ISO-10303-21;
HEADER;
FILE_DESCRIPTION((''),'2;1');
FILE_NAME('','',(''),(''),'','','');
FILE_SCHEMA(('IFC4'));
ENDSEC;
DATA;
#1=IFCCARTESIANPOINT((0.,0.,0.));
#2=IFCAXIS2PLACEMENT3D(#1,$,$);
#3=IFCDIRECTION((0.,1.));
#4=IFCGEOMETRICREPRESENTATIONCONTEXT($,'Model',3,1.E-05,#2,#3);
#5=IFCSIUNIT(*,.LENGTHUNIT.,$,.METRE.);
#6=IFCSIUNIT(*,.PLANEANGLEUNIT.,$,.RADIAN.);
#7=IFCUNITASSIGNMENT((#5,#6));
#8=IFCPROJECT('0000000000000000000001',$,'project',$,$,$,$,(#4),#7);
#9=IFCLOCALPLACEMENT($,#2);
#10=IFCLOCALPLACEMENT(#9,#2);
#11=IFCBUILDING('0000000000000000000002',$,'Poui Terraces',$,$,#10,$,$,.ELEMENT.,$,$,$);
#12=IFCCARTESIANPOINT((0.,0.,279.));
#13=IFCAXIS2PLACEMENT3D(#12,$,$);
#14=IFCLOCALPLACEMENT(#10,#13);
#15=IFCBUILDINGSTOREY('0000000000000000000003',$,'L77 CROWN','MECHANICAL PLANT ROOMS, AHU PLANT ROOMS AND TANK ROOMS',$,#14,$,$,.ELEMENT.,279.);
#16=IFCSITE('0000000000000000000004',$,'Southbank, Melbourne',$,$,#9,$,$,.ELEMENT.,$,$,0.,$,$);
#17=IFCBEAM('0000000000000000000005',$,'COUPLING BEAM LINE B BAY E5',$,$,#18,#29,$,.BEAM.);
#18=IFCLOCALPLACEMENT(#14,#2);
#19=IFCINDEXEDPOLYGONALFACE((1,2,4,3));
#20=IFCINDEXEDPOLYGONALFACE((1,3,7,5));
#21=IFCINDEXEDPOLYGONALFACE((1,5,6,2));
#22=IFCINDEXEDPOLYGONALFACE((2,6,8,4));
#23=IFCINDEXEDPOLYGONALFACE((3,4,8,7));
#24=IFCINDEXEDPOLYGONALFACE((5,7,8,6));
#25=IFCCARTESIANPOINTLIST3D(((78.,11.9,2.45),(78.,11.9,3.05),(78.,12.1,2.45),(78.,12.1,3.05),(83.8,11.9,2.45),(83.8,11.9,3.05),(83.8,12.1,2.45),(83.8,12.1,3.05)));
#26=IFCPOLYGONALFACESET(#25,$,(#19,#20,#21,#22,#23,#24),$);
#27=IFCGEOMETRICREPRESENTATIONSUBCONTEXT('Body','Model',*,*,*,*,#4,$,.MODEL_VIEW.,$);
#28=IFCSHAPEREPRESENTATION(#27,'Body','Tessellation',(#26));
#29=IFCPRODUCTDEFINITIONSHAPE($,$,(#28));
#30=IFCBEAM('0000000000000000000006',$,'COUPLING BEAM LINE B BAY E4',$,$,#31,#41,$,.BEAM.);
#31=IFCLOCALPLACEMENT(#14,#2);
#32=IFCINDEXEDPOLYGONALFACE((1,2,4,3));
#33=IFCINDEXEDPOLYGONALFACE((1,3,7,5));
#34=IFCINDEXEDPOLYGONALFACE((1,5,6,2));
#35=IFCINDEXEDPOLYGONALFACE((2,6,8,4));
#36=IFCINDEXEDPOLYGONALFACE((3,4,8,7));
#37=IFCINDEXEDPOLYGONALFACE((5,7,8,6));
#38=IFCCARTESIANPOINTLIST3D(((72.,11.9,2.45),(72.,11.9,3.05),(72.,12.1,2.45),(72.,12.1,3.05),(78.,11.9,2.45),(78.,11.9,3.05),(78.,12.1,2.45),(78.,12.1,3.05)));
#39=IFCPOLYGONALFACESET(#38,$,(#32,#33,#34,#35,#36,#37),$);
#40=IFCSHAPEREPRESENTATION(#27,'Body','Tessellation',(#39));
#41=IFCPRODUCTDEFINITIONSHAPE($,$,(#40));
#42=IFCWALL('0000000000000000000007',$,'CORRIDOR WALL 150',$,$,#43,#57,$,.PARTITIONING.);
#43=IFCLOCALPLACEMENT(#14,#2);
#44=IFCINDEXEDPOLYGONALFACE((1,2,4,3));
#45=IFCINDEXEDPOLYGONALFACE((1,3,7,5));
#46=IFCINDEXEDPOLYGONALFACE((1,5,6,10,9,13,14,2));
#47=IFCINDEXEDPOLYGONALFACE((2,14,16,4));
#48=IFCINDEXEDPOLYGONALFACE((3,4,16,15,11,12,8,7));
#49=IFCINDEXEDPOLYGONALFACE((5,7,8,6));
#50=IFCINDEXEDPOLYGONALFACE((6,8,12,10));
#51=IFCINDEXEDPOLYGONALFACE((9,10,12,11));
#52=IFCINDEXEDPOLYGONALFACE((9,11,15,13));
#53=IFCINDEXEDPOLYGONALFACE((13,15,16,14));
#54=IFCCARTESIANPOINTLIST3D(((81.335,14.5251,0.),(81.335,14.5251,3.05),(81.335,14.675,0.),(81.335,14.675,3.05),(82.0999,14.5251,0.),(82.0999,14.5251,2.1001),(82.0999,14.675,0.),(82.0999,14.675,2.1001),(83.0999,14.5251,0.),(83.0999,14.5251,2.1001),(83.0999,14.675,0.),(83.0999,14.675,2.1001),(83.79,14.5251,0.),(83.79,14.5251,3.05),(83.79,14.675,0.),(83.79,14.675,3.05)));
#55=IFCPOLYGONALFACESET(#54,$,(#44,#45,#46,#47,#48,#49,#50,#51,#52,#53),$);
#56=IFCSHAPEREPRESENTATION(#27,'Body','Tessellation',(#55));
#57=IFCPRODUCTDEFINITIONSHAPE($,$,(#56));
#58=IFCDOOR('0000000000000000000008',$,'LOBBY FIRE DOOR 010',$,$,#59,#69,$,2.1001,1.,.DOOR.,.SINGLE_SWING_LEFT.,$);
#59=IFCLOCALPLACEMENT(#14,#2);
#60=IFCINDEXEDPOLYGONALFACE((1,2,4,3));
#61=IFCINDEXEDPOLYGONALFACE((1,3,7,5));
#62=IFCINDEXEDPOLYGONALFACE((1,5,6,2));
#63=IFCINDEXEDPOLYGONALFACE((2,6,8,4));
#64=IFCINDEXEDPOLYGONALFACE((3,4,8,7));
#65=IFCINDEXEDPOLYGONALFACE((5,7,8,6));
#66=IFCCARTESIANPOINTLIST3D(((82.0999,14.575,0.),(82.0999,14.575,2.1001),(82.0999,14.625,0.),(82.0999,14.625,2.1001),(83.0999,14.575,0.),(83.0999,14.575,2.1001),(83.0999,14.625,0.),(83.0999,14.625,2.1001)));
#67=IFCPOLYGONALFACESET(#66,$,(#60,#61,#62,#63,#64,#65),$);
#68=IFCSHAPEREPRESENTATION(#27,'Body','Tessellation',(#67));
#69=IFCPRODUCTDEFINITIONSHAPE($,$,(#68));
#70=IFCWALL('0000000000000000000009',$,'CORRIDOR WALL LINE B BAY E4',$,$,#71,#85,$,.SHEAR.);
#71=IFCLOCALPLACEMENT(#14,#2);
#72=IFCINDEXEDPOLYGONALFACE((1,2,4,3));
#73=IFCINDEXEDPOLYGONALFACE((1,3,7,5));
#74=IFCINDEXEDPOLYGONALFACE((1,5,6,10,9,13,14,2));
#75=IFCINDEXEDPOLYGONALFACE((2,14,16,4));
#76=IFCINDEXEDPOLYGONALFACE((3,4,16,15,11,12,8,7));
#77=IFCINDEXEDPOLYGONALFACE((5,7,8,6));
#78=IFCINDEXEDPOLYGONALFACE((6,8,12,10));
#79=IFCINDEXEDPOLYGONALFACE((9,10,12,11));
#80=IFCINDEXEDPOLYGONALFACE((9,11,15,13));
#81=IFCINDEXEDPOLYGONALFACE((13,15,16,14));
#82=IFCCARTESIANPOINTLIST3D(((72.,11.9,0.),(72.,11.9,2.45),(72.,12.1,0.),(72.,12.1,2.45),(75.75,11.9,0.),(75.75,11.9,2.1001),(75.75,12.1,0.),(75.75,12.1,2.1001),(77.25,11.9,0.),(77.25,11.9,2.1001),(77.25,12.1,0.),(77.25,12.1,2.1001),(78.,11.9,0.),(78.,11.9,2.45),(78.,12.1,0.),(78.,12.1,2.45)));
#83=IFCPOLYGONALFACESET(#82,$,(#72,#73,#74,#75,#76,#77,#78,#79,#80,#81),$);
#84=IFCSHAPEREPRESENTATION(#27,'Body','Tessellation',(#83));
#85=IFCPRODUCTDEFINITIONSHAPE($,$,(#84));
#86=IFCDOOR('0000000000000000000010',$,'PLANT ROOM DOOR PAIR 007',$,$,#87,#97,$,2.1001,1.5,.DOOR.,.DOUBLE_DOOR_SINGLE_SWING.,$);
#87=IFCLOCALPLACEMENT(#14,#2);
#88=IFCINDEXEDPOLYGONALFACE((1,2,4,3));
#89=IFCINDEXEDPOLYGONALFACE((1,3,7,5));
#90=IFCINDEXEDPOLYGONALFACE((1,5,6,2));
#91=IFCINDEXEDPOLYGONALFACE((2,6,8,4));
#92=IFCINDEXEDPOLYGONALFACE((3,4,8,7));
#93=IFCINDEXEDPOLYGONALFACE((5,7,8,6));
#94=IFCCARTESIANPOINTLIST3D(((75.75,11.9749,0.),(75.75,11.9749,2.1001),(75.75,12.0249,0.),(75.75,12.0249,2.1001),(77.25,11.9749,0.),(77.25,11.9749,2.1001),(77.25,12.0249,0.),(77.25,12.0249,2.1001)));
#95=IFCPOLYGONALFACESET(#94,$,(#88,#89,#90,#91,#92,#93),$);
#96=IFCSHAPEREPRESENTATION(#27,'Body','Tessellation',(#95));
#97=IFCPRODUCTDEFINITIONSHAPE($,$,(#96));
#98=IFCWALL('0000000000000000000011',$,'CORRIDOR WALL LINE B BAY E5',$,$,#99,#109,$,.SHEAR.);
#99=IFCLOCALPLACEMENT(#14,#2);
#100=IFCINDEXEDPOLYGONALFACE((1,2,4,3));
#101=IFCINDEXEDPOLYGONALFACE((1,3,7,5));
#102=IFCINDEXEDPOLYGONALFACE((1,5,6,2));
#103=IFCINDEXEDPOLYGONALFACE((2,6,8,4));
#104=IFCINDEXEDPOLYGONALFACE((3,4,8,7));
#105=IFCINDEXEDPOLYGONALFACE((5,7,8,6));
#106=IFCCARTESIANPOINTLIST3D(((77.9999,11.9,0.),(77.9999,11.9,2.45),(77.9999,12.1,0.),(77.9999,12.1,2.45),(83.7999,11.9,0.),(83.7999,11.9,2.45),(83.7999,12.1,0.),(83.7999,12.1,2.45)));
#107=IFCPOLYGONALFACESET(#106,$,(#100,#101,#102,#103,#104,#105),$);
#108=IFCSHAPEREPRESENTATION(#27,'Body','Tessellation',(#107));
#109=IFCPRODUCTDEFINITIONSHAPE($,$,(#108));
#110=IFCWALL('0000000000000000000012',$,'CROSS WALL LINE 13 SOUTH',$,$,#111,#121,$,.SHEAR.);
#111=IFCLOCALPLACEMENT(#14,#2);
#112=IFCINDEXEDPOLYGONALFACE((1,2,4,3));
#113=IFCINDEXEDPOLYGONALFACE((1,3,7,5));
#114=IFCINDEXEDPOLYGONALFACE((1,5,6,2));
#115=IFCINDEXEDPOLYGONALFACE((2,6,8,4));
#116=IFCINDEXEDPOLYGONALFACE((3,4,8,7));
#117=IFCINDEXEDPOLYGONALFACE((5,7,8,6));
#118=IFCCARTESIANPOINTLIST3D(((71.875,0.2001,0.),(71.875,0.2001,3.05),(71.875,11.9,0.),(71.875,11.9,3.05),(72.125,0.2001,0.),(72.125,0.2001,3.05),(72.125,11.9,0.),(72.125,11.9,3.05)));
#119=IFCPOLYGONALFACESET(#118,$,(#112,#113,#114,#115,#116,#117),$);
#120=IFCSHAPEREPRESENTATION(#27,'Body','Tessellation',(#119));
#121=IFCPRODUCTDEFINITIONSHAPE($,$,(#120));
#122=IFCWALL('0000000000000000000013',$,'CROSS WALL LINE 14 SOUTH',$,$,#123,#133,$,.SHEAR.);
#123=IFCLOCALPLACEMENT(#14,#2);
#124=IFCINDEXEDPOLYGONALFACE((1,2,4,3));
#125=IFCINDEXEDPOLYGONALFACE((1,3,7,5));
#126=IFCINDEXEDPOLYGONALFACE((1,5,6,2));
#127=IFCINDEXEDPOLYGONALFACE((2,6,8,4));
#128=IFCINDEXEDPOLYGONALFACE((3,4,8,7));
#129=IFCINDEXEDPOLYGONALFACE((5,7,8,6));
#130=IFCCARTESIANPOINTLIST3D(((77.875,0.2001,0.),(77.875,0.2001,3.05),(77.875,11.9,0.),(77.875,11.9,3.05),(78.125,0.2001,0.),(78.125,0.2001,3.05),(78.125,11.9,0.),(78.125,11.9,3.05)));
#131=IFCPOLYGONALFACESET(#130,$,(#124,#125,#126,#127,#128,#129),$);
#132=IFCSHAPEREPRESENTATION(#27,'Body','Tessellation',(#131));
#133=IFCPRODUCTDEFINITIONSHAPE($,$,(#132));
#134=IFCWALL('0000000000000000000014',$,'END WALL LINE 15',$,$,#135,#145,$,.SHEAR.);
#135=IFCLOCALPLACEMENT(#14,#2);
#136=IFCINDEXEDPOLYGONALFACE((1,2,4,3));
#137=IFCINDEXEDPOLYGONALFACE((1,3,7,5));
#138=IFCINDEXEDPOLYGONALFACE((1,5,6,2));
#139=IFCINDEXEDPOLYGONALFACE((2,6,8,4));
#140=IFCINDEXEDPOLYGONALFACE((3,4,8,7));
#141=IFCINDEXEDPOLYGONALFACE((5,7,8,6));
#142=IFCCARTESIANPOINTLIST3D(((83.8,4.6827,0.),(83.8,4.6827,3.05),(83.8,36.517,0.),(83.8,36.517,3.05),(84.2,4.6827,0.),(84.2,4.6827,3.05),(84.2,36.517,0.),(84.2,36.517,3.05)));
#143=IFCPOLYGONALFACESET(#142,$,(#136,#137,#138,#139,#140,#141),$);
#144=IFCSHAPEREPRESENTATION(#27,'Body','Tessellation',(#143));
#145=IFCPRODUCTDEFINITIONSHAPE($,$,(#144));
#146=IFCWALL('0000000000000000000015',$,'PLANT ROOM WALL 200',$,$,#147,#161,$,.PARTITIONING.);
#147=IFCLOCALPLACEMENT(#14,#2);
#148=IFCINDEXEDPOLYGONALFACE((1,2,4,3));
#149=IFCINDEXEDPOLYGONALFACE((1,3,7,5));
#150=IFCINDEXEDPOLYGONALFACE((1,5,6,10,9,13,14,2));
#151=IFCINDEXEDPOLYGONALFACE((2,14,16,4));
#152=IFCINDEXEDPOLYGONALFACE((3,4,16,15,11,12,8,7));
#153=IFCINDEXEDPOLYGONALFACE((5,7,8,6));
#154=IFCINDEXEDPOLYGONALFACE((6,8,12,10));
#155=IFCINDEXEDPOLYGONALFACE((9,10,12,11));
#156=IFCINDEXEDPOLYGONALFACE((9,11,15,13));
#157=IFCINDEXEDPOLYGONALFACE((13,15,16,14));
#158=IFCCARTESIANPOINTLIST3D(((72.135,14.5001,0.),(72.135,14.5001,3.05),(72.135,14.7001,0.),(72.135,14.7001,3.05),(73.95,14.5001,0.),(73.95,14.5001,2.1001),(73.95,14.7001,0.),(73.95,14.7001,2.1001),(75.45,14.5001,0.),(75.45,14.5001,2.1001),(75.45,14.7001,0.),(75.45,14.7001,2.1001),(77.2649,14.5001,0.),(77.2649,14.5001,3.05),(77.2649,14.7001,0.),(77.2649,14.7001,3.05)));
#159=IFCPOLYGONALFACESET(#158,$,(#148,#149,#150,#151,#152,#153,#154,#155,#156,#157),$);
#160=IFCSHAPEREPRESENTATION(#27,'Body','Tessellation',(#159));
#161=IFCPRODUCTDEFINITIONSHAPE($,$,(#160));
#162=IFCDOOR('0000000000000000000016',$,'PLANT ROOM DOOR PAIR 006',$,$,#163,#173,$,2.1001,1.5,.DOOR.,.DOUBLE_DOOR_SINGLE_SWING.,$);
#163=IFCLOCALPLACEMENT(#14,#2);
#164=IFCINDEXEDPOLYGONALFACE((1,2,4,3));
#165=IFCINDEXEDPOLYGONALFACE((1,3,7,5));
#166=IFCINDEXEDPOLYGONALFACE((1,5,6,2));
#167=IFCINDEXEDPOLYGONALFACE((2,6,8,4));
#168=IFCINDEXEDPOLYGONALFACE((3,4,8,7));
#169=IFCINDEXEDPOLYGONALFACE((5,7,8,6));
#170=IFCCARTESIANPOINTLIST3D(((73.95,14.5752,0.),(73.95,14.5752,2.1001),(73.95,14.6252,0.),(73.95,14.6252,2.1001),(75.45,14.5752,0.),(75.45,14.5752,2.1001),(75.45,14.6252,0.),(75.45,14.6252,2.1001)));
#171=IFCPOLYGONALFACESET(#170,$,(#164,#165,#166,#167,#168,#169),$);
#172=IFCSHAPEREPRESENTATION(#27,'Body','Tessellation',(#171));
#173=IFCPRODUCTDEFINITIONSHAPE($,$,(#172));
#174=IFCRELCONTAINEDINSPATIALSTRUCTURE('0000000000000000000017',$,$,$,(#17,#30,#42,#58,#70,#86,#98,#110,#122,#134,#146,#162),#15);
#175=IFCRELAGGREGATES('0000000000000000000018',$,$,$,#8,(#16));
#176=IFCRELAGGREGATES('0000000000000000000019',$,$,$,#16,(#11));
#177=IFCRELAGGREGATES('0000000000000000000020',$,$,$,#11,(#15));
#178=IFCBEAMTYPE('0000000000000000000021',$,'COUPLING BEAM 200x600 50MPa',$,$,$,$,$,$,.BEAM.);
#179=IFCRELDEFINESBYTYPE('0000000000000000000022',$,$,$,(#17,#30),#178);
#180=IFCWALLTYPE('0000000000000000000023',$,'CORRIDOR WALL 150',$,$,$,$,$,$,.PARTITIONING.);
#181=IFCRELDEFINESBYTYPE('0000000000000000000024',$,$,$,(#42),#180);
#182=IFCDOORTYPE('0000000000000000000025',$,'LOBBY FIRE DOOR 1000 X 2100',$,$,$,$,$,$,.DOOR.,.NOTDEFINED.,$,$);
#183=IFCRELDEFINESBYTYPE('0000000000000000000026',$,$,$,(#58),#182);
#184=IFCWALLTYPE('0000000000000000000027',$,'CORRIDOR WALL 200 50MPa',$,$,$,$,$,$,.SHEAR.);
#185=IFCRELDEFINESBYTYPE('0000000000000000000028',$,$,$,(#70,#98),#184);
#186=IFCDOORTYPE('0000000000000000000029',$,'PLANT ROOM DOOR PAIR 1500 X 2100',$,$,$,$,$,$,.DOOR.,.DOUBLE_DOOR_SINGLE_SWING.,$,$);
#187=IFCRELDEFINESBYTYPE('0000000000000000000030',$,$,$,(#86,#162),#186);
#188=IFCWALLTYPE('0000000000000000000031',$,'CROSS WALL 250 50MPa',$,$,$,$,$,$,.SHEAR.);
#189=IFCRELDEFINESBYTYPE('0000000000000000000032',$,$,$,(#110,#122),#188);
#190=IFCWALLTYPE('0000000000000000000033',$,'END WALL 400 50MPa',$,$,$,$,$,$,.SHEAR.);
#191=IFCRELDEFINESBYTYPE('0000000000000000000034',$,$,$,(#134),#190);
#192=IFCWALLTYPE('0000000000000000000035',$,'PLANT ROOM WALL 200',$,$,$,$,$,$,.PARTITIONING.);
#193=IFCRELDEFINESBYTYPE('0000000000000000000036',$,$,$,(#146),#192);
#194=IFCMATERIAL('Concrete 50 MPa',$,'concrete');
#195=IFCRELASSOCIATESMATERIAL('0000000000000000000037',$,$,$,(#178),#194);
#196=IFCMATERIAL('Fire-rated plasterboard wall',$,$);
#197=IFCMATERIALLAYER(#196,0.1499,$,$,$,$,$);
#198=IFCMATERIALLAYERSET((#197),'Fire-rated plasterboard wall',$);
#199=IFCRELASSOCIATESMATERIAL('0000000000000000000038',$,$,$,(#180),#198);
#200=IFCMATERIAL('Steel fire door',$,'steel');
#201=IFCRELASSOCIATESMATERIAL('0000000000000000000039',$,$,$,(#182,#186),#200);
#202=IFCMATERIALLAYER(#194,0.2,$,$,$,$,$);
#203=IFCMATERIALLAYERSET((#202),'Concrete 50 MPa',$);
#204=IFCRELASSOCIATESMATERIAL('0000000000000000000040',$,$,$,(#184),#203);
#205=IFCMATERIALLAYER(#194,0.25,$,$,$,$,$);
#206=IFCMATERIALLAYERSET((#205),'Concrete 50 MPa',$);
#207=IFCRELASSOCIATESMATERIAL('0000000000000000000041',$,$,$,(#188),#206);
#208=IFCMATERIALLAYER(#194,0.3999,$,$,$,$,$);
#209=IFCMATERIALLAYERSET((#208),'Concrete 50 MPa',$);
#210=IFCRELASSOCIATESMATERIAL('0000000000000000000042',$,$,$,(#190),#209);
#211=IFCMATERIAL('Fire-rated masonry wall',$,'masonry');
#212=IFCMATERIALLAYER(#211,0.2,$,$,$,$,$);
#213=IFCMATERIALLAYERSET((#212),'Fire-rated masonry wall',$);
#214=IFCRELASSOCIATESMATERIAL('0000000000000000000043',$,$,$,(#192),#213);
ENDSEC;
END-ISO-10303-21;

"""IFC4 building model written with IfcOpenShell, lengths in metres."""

from ifc_helpers import new_model, si_unit, direction, frame, frame_2d, origin, origin_2d, place, context, subcontext, project, spatial, rectangle, extrude, source, transform, mapped, material, layer, layer_set, material_profile, profile_set, type_object, element, fill, save


model = new_model("IFC4")

# Units and contexts
model_context = context("Model", 3, precision=1e-05, world=origin(), true_north=direction((0.0, 1.0)))
body_context = subcontext(model_context, "Body", "Model", "MODEL_VIEW")
ifc_project = project(units=[si_unit("LENGTHUNIT", "METRE"), si_unit("PLANEANGLEUNIT", "RADIAN")], contexts=[model_context])

# Site, building, storey
site_placement = place(None, origin())
site = spatial("IfcSite", under=ifc_project, at=site_placement, Name="Southbank, Melbourne", CompositionType="ELEMENT", RefElevation=0.0)
building_placement = place(site_placement, origin())
building = spatial("IfcBuilding", under=site, at=building_placement, Name="Poui Terraces", CompositionType="ELEMENT")
storey_placement = place(building_placement, frame((0.0, 0.0, 279.0)))
storey = spatial("IfcBuildingStorey", under=building, at=storey_placement, Name="L77 CROWN", Description="MECHANICAL PLANT ROOMS, AHU PLANT ROOMS AND TANK ROOMS", CompositionType="ELEMENT", Elevation=279.0)

# Beams
ifc_material_1 = material(Name="Concrete 50 MPa", Category="concrete")
ifc_material_profile_1 = material_profile(ifc_material_1, rectangle(XDim=0.2, YDim=0.6001, at=origin_2d()), Name="RC 200x600")
ifc_profile_set_1 = profile_set([ifc_material_profile_1], Name="Concrete 50 MPa")
beam_type = type_object("IfcBeamType", Name="COUPLING BEAM 200x600 50MPa", PredefinedType="BEAM", material=ifc_profile_set_1)
shared_shape_1 = source(origin(), body_context, "Body", "SweptSolid", [
    extrude(rectangle(XDim=0.2, YDim=0.6001, at=origin_2d()), origin(), (0.0, 0.0, 1.0), 5.8),
])
beam_1_placement = place(storey_placement, frame((78.0, 12.0, 2.75), z_axis=(1.0, 0.0, 0.0), x_axis=(0.0, 1.0, 0.0)))
element("IfcBeam", 1, at=beam_1_placement, inside=storey, type_object=beam_type, Name="COUPLING BEAM LINE B BAY E5", PredefinedType="BEAM", context=body_context, shape_type="MappedRepresentation", body=[
    mapped(shared_shape_1, transform((0.0, 0.0, 0.0))),
])
shared_shape_2 = source(origin(), body_context, "Body", "SweptSolid", [
    extrude(rectangle(XDim=0.2, YDim=0.6001, at=origin_2d()), origin(), (0.0, 0.0, 1.0), 6.0),
])
beam_2_placement = place(storey_placement, frame((72.0, 12.0, 2.75), z_axis=(1.0, 0.0, 0.0), x_axis=(0.0, 1.0, 0.0)))
element("IfcBeam", 2, at=beam_2_placement, inside=storey, type_object=beam_type, Name="COUPLING BEAM LINE B BAY E4", PredefinedType="BEAM", context=body_context, shape_type="MappedRepresentation", body=[
    mapped(shared_shape_2, transform((0.0, 0.0, 0.0))),
])

# Walls, openings, doors
ifc_material_2 = material(Name="Fire-rated plasterboard wall")
ifc_layer_1 = layer(ifc_material_2, 0.1499)
ifc_layer_set_1 = layer_set([ifc_layer_1], Name="Fire-rated plasterboard wall")
wall_type_1 = type_object("IfcWallType", Name="CORRIDOR WALL 150", PredefinedType="PARTITIONING", material=ifc_layer_set_1)
wall_1_placement = place(storey_placement, frame((81.335, 14.6001, 0.0), z_axis=(0.0, 0.0, 1.0), x_axis=(1.0, 0.0, 0.0)))
wall_1 = element("IfcWall", 3, at=wall_1_placement, inside=storey, type_object=wall_type_1, Name="CORRIDOR WALL 150", PredefinedType="PARTITIONING", context=body_context, shape_type="SweptSolid", body=[
    extrude(rectangle(XDim=2.4551, YDim=0.1499, at=frame_2d((1.2275, 0.0))), origin(), (0.0, 0.0, 1.0), 3.05),
])
opening_1_placement = place(wall_1_placement, frame((0.7649, 0.0, 0.0)))
opening_1 = element("IfcOpeningElement", 4, at=opening_1_placement, cuts=wall_1, PredefinedType="OPENING", context=body_context, shape_type="SweptSolid", body=[
    extrude(rectangle(XDim=1.0, YDim=2.1001, at=frame_2d((0.5, 1.05))), frame((0.0, 0.085, 0.0), z_axis=(0.0, -1.0, 0.0), x_axis=(1.0, 0.0, 0.0)), (0.0, 0.0, 1.0), 0.1699),
])
ifc_material_3 = material(Name="Steel fire door", Category="steel")
door_type_1 = type_object("IfcDoorType", Name="LOBBY FIRE DOOR 1000 X 2100", OperationType="NOTDEFINED", PredefinedType="DOOR", material=ifc_material_3)
door_1_placement = place(opening_1_placement, origin())
door_1 = element("IfcDoor", 5, at=door_1_placement, inside=storey, type_object=door_type_1, Name="LOBBY FIRE DOOR 010", OperationType="SINGLE_SWING_LEFT", OverallHeight=2.1001, OverallWidth=1.0, PredefinedType="DOOR", context=body_context, shape_type="SweptSolid", body=[
    extrude(rectangle(XDim=1.0, YDim=2.1001, at=frame_2d((0.5, 1.05))), frame((0.0, 0.0249, 0.0), z_axis=(0.0, -1.0, 0.0), x_axis=(1.0, 0.0, 0.0)), (0.0, 0.0, 1.0), 0.05),
])
fill(opening_1, door_1)
ifc_layer_2 = layer(ifc_material_1, 0.2)
ifc_layer_set_2 = layer_set([ifc_layer_2], Name="Concrete 50 MPa")
wall_type_2 = type_object("IfcWallType", Name="CORRIDOR WALL 200 50MPa", PredefinedType="SHEAR", material=ifc_layer_set_2)
wall_2_placement = place(storey_placement, frame((72.0, 12.0, 0.0), z_axis=(0.0, 0.0, 1.0), x_axis=(1.0, 0.0, 0.0)))
wall_2 = element("IfcWall", 6, at=wall_2_placement, inside=storey, type_object=wall_type_2, Name="CORRIDOR WALL LINE B BAY E4", PredefinedType="SHEAR", context=body_context, shape_type="SweptSolid", body=[
    extrude(rectangle(XDim=6.0, YDim=0.2, at=frame_2d((3.0, 0.0))), origin(), (0.0, 0.0, 1.0), 2.45),
])
opening_2_placement = place(wall_2_placement, frame((3.75, 0.0, 0.0)))
opening_2 = element("IfcOpeningElement", 7, at=opening_2_placement, cuts=wall_2, PredefinedType="OPENING", context=body_context, shape_type="SweptSolid", body=[
    extrude(rectangle(XDim=1.5, YDim=2.1001, at=frame_2d((0.75, 1.05))), frame((0.0, 0.1099, 0.0), z_axis=(0.0, -1.0, 0.0), x_axis=(1.0, 0.0, 0.0)), (0.0, 0.0, 1.0), 0.22),
])
door_type_2 = type_object("IfcDoorType", Name="PLANT ROOM DOOR PAIR 1500 X 2100", OperationType="DOUBLE_DOOR_SINGLE_SWING", PredefinedType="DOOR", material=ifc_material_3)
door_2_placement = place(opening_2_placement, origin())
door_2 = element("IfcDoor", 8, at=door_2_placement, inside=storey, type_object=door_type_2, Name="PLANT ROOM DOOR PAIR 007", OperationType="DOUBLE_DOOR_SINGLE_SWING", OverallHeight=2.1001, OverallWidth=1.5, PredefinedType="DOOR", context=body_context, shape_type="SweptSolid", body=[
    extrude(rectangle(XDim=1.5, YDim=2.1001, at=frame_2d((0.75, 1.05))), frame((0.0, 0.0249, 0.0), z_axis=(0.0, -1.0, 0.0), x_axis=(1.0, 0.0, 0.0)), (0.0, 0.0, 1.0), 0.05),
])
fill(opening_2, door_2)

# Walls
wall_3_placement = place(storey_placement, frame((78.0, 12.0, 0.0), z_axis=(0.0, 0.0, 1.0), x_axis=(1.0, 0.0, 0.0)))
element("IfcWall", 9, at=wall_3_placement, inside=storey, type_object=wall_type_2, Name="CORRIDOR WALL LINE B BAY E5", PredefinedType="SHEAR", context=body_context, shape_type="SweptSolid", body=[
    extrude(rectangle(XDim=5.8, YDim=0.2, at=frame_2d((2.8999, 0.0))), origin(), (0.0, 0.0, 1.0), 2.45),
])
ifc_layer_3 = layer(ifc_material_1, 0.25)
ifc_layer_set_3 = layer_set([ifc_layer_3], Name="Concrete 50 MPa")
wall_type_3 = type_object("IfcWallType", Name="CROSS WALL 250 50MPa", PredefinedType="SHEAR", material=ifc_layer_set_3)
for number, where, z_axis, x_axis, name in (
    (10, (72.0, 0.2, 0.0), (0.0, 0.0, 1.0), (0.0, 1.0, 0.0), "CROSS WALL LINE 13 SOUTH"),
    (11, (78.0, 0.2, 0.0), (0.0, 0.0, 1.0), (0.0, 1.0, 0.0), "CROSS WALL LINE 14 SOUTH"),
):
    element("IfcWall", number, at=place(storey_placement, frame(where, z_axis=z_axis, x_axis=x_axis)), inside=storey, type_object=wall_type_3, Name=name, PredefinedType="SHEAR", context=body_context, shape_type="SweptSolid", body=[
        extrude(rectangle(XDim=11.7, YDim=0.25, at=frame_2d((5.8501, 0.0))), origin(), (0.0, 0.0, 1.0), 3.05),
    ])
ifc_layer_4 = layer(ifc_material_1, 0.3999)
ifc_layer_set_4 = layer_set([ifc_layer_4], Name="Concrete 50 MPa")
wall_type_4 = type_object("IfcWallType", Name="END WALL 400 50MPa", PredefinedType="SHEAR", material=ifc_layer_set_4)
wall_4_placement = place(storey_placement, frame((84.0, 4.6829, 0.0), z_axis=(0.0, 0.0, 1.0), x_axis=(0.0, 1.0, 0.0)))
element("IfcWall", 12, at=wall_4_placement, inside=storey, type_object=wall_type_4, Name="END WALL LINE 15", PredefinedType="SHEAR", context=body_context, shape_type="SweptSolid", body=[
    extrude(rectangle(XDim=31.8342, YDim=0.3999, at=frame_2d((15.917, 0.0))), origin(), (0.0, 0.0, 1.0), 3.05),
])

# Wall, opening, door
ifc_material_4 = material(Name="Fire-rated masonry wall", Category="masonry")
ifc_layer_5 = layer(ifc_material_4, 0.2)
ifc_layer_set_5 = layer_set([ifc_layer_5], Name="Fire-rated masonry wall")
wall_type_5 = type_object("IfcWallType", Name="PLANT ROOM WALL 200", PredefinedType="PARTITIONING", material=ifc_layer_set_5)
wall_5_placement = place(storey_placement, frame((72.135, 14.6001, 0.0), z_axis=(0.0, 0.0, 1.0), x_axis=(1.0, 0.0, 0.0)))
wall_5 = element("IfcWall", 13, at=wall_5_placement, inside=storey, type_object=wall_type_5, Name="PLANT ROOM WALL 200", PredefinedType="PARTITIONING", context=body_context, shape_type="SweptSolid", body=[
    extrude(rectangle(XDim=5.1299, YDim=0.2, at=frame_2d((2.5649, 0.0))), origin(), (0.0, 0.0, 1.0), 3.05),
])
opening_3_placement = place(wall_5_placement, frame((1.8149, 0.0, 0.0)))
opening_3 = element("IfcOpeningElement", 14, at=opening_3_placement, cuts=wall_5, PredefinedType="OPENING", context=body_context, shape_type="SweptSolid", body=[
    extrude(rectangle(XDim=1.5, YDim=2.1001, at=frame_2d((0.75, 1.05))), frame((0.0, 0.1099, 0.0), z_axis=(0.0, -1.0, 0.0), x_axis=(1.0, 0.0, 0.0)), (0.0, 0.0, 1.0), 0.22),
])
door_3_placement = place(opening_3_placement, frame((1.5, 0.0, 0.0), z_axis=(0.0, 0.0, 1.0), x_axis=(-1.0, 0.0, 0.0)))
door_3 = element("IfcDoor", 15, at=door_3_placement, inside=storey, type_object=door_type_2, Name="PLANT ROOM DOOR PAIR 006", OperationType="DOUBLE_DOOR_SINGLE_SWING", OverallHeight=2.1001, OverallWidth=1.5, PredefinedType="DOOR", context=body_context, shape_type="SweptSolid", body=[
    extrude(rectangle(XDim=1.5, YDim=2.1001, at=frame_2d((0.75, 1.05))), frame((0.0, 0.0249, 0.0), z_axis=(0.0, -1.0, 0.0), x_axis=(1.0, 0.0, 0.0)), (0.0, 0.0, 1.0), 0.05),
])
fill(opening_3, door_3)

save(model, "model.ifc")
